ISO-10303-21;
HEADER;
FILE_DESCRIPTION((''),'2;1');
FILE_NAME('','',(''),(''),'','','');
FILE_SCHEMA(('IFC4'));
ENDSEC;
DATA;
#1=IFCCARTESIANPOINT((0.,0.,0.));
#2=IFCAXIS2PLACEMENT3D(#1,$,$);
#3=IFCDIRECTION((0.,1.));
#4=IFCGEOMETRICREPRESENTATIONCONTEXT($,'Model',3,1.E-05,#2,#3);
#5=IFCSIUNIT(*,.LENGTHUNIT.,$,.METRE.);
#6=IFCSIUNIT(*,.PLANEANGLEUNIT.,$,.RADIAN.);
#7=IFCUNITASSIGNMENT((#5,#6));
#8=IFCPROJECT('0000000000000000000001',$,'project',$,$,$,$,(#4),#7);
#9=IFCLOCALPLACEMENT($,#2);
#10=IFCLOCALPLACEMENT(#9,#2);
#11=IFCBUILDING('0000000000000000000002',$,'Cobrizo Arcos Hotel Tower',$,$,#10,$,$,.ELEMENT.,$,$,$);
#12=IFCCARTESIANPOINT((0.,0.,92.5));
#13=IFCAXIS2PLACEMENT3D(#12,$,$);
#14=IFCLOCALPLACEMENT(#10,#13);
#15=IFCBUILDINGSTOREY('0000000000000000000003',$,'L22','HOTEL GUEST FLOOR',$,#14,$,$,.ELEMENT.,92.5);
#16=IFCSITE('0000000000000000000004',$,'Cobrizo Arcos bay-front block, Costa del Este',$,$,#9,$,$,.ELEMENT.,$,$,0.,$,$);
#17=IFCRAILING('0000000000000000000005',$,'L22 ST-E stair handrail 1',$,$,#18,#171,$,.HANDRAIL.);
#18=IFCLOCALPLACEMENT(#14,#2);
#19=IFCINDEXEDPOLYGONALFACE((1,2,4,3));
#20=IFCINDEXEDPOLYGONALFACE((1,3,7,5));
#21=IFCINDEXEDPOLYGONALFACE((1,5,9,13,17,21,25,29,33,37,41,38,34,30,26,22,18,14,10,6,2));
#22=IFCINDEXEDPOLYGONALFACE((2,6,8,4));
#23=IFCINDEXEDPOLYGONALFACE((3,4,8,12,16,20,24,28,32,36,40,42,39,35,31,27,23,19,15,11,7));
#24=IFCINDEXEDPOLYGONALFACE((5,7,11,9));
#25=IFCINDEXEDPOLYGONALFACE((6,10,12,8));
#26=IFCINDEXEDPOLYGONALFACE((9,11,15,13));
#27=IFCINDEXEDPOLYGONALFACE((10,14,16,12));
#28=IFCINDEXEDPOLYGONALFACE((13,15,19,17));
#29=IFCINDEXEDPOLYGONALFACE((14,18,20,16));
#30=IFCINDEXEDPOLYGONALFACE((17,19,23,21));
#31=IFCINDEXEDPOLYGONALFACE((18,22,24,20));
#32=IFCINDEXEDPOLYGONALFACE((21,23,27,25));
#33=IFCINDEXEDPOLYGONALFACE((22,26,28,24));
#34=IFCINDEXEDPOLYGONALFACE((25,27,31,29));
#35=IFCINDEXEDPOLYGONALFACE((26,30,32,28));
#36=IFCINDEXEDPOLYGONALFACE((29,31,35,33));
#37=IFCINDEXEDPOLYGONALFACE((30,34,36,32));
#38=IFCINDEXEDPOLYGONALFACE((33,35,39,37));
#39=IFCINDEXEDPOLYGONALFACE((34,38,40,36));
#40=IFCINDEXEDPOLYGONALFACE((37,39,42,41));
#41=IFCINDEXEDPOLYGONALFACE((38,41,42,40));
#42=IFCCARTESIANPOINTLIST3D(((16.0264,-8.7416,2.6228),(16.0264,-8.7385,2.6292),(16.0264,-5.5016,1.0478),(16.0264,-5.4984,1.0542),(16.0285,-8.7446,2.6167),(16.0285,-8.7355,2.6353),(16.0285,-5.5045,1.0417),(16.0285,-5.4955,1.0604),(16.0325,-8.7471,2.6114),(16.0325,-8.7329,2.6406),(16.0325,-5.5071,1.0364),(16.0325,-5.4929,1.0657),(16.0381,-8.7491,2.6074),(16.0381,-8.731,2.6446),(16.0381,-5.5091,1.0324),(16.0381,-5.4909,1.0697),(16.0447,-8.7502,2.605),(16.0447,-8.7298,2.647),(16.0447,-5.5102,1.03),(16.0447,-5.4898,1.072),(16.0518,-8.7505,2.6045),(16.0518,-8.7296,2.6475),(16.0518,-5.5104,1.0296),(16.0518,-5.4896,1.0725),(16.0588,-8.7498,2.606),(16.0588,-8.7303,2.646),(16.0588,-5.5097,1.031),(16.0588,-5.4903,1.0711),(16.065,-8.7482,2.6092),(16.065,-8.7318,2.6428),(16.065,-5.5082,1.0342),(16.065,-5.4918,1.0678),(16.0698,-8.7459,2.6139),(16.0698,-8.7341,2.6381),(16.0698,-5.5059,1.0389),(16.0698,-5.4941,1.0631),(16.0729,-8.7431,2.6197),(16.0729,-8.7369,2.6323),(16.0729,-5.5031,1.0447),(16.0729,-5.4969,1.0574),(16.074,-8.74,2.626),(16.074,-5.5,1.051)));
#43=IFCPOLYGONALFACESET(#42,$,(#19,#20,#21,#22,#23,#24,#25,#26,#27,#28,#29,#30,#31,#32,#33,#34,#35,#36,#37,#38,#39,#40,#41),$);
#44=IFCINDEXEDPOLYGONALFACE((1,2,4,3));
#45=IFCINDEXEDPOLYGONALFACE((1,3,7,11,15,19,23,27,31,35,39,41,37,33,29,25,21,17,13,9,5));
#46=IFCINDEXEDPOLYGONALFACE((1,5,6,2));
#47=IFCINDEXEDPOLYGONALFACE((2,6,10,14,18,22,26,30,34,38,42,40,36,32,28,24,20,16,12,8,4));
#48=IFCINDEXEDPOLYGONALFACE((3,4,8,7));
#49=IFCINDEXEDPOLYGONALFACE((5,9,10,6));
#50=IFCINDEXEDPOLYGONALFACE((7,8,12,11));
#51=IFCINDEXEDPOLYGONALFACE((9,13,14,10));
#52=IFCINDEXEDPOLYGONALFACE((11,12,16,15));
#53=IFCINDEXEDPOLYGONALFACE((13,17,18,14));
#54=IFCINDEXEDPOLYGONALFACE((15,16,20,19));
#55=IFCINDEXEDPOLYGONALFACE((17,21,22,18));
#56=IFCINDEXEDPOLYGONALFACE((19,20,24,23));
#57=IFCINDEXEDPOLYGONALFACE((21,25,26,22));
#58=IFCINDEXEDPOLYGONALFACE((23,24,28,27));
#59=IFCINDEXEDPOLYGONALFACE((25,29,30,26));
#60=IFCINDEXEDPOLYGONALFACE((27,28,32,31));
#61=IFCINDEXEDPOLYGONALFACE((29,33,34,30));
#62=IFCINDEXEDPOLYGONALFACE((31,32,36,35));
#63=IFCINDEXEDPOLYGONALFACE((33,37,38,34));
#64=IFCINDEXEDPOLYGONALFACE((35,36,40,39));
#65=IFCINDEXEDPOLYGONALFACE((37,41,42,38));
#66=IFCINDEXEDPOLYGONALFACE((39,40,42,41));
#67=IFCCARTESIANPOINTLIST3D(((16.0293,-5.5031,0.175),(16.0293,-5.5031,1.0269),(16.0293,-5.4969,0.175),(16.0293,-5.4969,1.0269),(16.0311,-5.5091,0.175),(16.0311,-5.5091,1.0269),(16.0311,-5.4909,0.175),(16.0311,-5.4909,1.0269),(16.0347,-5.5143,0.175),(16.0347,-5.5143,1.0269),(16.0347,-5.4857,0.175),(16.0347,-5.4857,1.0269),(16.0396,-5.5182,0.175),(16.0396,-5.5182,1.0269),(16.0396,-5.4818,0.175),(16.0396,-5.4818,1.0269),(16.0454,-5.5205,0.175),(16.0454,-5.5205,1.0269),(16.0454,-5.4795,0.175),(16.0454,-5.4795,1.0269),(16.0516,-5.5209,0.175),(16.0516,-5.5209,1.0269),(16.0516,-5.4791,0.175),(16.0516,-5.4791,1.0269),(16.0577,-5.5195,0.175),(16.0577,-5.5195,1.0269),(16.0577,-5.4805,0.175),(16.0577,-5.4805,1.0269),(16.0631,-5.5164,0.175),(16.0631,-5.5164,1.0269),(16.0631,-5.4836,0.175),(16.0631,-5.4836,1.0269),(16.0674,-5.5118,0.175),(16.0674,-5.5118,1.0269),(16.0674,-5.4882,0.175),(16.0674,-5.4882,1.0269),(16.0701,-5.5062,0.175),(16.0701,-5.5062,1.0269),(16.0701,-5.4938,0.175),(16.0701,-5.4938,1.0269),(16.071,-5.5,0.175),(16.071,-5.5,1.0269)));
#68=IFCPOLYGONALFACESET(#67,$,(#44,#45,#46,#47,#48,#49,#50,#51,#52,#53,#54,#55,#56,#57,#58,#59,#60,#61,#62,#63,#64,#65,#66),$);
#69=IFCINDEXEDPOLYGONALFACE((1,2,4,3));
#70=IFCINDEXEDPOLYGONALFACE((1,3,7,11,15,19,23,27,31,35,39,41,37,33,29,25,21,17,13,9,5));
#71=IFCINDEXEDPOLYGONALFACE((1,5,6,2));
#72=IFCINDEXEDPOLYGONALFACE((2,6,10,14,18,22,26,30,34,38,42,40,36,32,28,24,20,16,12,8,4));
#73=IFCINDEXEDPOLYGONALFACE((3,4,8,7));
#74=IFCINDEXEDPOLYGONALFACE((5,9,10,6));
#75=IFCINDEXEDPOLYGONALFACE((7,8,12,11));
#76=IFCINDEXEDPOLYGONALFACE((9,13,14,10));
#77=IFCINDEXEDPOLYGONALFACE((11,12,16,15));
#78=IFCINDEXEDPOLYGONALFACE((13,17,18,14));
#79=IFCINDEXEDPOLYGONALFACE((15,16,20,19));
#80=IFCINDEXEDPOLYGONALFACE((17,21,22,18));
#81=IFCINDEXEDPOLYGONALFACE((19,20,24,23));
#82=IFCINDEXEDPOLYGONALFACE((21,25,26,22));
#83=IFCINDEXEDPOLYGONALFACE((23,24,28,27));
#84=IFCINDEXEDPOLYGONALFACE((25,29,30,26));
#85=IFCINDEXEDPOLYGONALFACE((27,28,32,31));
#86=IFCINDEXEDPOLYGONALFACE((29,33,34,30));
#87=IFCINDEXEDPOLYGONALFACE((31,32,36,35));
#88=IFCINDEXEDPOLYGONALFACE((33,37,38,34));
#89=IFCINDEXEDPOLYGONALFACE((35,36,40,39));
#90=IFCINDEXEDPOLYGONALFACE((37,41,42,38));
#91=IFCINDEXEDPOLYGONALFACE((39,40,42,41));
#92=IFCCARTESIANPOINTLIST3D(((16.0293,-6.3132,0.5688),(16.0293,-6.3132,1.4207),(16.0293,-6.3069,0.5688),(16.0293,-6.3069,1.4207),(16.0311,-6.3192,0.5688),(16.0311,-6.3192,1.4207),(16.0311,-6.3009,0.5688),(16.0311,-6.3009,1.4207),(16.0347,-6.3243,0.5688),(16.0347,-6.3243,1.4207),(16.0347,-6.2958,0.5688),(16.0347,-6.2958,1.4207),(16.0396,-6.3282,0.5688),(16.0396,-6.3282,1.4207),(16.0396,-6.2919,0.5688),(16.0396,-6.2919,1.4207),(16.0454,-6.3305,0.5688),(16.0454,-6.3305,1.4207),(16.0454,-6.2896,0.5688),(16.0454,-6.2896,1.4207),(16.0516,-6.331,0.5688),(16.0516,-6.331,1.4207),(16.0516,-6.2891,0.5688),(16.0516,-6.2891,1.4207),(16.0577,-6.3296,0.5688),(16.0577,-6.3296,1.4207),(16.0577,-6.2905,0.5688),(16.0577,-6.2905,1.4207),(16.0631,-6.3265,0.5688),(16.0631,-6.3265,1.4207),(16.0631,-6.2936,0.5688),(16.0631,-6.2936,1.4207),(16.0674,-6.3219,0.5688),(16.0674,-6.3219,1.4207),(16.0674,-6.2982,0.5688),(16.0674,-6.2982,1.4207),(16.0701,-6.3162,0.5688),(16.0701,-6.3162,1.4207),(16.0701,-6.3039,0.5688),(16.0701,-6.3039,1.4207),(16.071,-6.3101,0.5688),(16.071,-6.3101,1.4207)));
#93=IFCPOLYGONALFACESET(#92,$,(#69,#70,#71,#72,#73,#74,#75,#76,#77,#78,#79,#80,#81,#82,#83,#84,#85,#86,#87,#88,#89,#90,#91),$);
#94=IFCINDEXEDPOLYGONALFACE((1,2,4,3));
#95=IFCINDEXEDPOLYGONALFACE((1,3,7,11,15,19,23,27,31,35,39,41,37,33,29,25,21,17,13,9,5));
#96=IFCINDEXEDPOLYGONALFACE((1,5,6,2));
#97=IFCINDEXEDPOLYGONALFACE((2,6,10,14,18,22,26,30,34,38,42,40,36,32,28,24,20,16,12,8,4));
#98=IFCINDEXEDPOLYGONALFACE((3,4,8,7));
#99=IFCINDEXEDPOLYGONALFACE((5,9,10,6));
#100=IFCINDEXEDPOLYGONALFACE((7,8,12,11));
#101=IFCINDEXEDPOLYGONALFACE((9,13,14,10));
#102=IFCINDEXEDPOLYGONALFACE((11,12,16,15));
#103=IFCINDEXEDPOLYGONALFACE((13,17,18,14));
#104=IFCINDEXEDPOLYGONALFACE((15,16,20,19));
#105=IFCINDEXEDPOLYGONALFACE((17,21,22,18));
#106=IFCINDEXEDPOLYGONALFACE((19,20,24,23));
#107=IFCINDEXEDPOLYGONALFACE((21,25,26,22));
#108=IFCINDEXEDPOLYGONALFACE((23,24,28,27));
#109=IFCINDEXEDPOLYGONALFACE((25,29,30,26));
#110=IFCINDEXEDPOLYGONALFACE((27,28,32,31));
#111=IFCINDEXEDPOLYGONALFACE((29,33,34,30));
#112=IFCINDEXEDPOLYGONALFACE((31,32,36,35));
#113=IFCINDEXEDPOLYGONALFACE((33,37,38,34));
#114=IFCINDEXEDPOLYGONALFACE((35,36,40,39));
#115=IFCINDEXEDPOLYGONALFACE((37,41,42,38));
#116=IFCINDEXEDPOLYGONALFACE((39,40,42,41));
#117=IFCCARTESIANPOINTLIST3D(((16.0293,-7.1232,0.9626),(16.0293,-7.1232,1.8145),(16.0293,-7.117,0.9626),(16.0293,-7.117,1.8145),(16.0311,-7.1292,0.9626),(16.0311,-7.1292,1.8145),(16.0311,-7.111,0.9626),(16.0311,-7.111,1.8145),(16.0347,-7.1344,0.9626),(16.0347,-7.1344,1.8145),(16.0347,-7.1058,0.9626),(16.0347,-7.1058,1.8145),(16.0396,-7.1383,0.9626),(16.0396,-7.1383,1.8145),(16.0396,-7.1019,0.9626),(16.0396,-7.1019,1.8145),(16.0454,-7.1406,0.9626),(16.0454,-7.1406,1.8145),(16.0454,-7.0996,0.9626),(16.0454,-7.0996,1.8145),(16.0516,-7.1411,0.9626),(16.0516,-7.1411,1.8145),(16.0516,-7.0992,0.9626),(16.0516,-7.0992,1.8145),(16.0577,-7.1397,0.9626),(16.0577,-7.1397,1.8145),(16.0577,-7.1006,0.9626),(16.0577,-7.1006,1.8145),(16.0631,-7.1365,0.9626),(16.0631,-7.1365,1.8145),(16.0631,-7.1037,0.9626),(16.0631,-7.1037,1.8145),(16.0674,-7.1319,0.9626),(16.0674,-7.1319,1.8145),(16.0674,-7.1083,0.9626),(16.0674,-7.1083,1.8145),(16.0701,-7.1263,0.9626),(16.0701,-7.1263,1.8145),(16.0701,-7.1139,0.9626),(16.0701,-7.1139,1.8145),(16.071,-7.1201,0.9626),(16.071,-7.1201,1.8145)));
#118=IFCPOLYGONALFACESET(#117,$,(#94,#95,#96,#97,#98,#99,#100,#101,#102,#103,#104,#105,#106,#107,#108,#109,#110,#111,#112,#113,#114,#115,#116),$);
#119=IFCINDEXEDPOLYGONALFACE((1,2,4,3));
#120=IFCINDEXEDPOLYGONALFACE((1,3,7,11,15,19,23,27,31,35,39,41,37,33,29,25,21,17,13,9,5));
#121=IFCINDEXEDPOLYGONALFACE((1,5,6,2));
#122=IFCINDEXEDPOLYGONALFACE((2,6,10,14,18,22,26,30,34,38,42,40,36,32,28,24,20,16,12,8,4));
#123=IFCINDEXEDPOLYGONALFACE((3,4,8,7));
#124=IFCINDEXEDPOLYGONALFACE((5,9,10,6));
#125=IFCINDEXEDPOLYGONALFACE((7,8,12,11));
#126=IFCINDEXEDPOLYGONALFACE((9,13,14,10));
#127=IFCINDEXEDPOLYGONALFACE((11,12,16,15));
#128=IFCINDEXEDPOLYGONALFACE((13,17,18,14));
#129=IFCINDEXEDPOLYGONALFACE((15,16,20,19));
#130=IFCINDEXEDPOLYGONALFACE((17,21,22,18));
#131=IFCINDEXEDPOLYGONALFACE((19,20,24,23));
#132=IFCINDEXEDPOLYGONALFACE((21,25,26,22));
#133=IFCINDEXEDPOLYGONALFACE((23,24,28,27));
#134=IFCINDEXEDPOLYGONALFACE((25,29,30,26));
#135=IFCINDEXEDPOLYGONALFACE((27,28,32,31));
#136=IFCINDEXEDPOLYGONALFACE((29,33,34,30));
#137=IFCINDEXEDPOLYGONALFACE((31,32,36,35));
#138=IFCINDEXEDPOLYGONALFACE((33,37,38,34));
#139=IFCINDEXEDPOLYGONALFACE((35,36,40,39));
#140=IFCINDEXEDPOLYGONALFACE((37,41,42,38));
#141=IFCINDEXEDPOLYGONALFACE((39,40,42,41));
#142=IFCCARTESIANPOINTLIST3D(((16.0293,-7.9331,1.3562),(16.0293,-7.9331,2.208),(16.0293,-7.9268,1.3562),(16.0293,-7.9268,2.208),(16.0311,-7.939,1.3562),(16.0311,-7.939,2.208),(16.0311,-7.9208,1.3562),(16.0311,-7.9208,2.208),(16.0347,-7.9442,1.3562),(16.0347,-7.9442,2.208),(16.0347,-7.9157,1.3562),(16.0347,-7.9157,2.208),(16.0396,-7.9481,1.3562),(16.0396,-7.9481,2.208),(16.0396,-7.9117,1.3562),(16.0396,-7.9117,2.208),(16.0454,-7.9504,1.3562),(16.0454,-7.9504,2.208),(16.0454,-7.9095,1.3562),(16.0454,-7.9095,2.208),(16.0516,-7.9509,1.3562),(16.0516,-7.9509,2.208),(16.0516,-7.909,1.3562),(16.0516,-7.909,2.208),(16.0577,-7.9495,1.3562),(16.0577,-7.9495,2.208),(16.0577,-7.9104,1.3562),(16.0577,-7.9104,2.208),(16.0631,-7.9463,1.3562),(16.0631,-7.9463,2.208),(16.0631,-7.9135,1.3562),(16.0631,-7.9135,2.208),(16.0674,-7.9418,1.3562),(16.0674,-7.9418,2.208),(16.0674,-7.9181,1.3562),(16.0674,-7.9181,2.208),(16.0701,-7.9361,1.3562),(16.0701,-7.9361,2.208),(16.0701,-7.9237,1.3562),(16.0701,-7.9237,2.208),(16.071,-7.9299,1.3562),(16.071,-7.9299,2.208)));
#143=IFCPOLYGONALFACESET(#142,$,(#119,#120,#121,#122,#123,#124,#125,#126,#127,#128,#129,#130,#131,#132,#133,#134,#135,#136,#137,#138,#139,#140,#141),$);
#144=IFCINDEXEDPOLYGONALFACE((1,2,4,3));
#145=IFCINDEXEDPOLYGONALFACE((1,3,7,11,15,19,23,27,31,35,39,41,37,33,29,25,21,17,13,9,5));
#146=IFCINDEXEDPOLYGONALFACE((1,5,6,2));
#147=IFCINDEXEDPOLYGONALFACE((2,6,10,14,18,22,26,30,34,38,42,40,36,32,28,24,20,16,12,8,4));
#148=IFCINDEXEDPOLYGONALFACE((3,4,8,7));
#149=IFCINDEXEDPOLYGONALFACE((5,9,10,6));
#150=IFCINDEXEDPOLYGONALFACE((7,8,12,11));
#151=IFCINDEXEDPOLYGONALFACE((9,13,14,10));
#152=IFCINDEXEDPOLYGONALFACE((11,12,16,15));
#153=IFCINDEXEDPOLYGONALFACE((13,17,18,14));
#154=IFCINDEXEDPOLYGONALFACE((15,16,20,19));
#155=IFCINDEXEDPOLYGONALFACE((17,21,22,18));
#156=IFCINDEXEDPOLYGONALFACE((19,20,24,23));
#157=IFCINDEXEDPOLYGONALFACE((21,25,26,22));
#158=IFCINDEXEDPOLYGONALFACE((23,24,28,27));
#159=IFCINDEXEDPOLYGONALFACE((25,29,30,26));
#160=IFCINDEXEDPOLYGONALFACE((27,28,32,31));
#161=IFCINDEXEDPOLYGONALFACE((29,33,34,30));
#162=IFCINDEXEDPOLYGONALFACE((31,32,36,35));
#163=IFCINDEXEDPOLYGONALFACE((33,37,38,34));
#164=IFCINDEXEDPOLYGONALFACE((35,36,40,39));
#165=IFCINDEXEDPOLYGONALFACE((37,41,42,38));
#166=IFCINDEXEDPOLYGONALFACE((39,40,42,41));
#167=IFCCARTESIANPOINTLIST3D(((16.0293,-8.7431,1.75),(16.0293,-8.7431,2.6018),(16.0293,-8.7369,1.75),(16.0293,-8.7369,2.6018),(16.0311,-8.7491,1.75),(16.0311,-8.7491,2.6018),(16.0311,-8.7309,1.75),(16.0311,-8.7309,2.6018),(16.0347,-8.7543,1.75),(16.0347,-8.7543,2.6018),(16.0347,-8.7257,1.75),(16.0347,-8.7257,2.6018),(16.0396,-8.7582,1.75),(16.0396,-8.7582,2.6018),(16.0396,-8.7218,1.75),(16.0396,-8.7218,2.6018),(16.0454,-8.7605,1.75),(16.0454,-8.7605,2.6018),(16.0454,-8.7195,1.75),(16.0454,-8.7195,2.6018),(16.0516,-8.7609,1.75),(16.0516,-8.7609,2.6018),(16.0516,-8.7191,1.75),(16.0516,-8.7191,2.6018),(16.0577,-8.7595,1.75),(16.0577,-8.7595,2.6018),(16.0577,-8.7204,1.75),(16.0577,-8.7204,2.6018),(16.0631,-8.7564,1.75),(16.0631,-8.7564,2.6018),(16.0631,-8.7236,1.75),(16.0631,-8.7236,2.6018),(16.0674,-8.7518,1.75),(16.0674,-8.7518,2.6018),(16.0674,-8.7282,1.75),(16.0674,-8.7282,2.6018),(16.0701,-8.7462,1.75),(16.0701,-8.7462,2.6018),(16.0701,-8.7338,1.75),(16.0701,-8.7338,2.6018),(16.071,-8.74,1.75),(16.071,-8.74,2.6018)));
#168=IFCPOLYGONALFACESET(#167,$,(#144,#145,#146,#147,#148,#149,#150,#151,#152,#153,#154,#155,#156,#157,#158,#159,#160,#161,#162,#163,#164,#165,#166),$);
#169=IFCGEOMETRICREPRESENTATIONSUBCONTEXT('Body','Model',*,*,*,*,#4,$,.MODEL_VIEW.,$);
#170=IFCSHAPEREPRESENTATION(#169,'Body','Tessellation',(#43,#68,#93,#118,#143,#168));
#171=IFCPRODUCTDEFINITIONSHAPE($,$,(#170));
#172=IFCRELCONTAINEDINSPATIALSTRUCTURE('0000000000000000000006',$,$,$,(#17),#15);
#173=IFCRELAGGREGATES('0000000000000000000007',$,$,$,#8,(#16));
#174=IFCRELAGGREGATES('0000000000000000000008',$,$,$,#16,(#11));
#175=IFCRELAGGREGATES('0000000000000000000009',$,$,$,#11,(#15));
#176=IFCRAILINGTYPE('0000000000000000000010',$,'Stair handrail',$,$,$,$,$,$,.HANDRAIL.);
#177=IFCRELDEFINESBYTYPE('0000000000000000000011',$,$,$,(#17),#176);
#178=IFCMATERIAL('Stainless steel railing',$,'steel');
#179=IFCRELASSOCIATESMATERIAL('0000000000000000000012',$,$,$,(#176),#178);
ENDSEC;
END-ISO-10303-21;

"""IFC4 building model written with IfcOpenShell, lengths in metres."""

from ifc_helpers import new_model, si_unit, direction, frame, origin, origin_2d, place, context, subcontext, project, spatial, circle, extrude, material, type_object, element, save


model = new_model("IFC4")

# Units and contexts
model_context = context("Model", 3, precision=1e-05, world=origin(), true_north=direction((0.0, 1.0)))
body_context = subcontext(model_context, "Body", "Model", "MODEL_VIEW")
ifc_project = project(units=[si_unit("LENGTHUNIT", "METRE"), si_unit("PLANEANGLEUNIT", "RADIAN")], contexts=[model_context])

# Site, building, storey
site_placement = place(None, origin())
site = spatial("IfcSite", under=ifc_project, at=site_placement, Name="Cobrizo Arcos bay-front block, Costa del Este", CompositionType="ELEMENT", RefElevation=0.0)
building_placement = place(site_placement, origin())
building = spatial("IfcBuilding", under=site, at=building_placement, Name="Cobrizo Arcos Hotel Tower", CompositionType="ELEMENT")
storey_placement = place(building_placement, frame((0.0, 0.0, 92.5)))
storey = spatial("IfcBuildingStorey", under=building, at=storey_placement, Name="L22", Description="HOTEL GUEST FLOOR", CompositionType="ELEMENT", Elevation=92.5)

# Railing
ifc_material_1 = material(Name="Stainless steel railing", Category="steel")
railing_type = type_object("IfcRailingType", Name="Stair handrail", PredefinedType="HANDRAIL", material=ifc_material_1)
railing_placement = place(storey_placement, frame((16.05, -5.5, 0.175)))
element("IfcRailing", 1, at=railing_placement, inside=storey, type_object=railing_type, Name="L22 ST-E stair handrail 1", PredefinedType="HANDRAIL", context=body_context, shape_type="SweptSolid", body=[
    extrude(circle(Radius=0.0239, at=origin_2d()), frame((0.0, 0.0, 0.876), z_axis=(0.0, -0.899373, 0.437183), x_axis=(1.0, 0.0, 0.0)), (0.0, 0.0, 1.0), 3.6025),
    extrude(circle(Radius=0.021, at=origin_2d()), origin(), (0.0, 0.0, 1.0), 0.8518),
    extrude(circle(Radius=0.021, at=origin_2d()), frame((0.0, -0.8101, 0.3938)), (0.0, 0.0, 1.0), 0.8518),
    extrude(circle(Radius=0.021, at=origin_2d()), frame((0.0, -1.6201, 0.7876)), (0.0, 0.0, 1.0), 0.8518),
    extrude(circle(Radius=0.021, at=origin_2d()), frame((0.0, -2.4299, 1.1812)), (0.0, 0.0, 1.0), 0.8518),
    extrude(circle(Radius=0.021, at=origin_2d()), frame((0.0, -3.24, 1.575)), (0.0, 0.0, 1.0), 0.8518),
])

save(model, "model.ifc")
